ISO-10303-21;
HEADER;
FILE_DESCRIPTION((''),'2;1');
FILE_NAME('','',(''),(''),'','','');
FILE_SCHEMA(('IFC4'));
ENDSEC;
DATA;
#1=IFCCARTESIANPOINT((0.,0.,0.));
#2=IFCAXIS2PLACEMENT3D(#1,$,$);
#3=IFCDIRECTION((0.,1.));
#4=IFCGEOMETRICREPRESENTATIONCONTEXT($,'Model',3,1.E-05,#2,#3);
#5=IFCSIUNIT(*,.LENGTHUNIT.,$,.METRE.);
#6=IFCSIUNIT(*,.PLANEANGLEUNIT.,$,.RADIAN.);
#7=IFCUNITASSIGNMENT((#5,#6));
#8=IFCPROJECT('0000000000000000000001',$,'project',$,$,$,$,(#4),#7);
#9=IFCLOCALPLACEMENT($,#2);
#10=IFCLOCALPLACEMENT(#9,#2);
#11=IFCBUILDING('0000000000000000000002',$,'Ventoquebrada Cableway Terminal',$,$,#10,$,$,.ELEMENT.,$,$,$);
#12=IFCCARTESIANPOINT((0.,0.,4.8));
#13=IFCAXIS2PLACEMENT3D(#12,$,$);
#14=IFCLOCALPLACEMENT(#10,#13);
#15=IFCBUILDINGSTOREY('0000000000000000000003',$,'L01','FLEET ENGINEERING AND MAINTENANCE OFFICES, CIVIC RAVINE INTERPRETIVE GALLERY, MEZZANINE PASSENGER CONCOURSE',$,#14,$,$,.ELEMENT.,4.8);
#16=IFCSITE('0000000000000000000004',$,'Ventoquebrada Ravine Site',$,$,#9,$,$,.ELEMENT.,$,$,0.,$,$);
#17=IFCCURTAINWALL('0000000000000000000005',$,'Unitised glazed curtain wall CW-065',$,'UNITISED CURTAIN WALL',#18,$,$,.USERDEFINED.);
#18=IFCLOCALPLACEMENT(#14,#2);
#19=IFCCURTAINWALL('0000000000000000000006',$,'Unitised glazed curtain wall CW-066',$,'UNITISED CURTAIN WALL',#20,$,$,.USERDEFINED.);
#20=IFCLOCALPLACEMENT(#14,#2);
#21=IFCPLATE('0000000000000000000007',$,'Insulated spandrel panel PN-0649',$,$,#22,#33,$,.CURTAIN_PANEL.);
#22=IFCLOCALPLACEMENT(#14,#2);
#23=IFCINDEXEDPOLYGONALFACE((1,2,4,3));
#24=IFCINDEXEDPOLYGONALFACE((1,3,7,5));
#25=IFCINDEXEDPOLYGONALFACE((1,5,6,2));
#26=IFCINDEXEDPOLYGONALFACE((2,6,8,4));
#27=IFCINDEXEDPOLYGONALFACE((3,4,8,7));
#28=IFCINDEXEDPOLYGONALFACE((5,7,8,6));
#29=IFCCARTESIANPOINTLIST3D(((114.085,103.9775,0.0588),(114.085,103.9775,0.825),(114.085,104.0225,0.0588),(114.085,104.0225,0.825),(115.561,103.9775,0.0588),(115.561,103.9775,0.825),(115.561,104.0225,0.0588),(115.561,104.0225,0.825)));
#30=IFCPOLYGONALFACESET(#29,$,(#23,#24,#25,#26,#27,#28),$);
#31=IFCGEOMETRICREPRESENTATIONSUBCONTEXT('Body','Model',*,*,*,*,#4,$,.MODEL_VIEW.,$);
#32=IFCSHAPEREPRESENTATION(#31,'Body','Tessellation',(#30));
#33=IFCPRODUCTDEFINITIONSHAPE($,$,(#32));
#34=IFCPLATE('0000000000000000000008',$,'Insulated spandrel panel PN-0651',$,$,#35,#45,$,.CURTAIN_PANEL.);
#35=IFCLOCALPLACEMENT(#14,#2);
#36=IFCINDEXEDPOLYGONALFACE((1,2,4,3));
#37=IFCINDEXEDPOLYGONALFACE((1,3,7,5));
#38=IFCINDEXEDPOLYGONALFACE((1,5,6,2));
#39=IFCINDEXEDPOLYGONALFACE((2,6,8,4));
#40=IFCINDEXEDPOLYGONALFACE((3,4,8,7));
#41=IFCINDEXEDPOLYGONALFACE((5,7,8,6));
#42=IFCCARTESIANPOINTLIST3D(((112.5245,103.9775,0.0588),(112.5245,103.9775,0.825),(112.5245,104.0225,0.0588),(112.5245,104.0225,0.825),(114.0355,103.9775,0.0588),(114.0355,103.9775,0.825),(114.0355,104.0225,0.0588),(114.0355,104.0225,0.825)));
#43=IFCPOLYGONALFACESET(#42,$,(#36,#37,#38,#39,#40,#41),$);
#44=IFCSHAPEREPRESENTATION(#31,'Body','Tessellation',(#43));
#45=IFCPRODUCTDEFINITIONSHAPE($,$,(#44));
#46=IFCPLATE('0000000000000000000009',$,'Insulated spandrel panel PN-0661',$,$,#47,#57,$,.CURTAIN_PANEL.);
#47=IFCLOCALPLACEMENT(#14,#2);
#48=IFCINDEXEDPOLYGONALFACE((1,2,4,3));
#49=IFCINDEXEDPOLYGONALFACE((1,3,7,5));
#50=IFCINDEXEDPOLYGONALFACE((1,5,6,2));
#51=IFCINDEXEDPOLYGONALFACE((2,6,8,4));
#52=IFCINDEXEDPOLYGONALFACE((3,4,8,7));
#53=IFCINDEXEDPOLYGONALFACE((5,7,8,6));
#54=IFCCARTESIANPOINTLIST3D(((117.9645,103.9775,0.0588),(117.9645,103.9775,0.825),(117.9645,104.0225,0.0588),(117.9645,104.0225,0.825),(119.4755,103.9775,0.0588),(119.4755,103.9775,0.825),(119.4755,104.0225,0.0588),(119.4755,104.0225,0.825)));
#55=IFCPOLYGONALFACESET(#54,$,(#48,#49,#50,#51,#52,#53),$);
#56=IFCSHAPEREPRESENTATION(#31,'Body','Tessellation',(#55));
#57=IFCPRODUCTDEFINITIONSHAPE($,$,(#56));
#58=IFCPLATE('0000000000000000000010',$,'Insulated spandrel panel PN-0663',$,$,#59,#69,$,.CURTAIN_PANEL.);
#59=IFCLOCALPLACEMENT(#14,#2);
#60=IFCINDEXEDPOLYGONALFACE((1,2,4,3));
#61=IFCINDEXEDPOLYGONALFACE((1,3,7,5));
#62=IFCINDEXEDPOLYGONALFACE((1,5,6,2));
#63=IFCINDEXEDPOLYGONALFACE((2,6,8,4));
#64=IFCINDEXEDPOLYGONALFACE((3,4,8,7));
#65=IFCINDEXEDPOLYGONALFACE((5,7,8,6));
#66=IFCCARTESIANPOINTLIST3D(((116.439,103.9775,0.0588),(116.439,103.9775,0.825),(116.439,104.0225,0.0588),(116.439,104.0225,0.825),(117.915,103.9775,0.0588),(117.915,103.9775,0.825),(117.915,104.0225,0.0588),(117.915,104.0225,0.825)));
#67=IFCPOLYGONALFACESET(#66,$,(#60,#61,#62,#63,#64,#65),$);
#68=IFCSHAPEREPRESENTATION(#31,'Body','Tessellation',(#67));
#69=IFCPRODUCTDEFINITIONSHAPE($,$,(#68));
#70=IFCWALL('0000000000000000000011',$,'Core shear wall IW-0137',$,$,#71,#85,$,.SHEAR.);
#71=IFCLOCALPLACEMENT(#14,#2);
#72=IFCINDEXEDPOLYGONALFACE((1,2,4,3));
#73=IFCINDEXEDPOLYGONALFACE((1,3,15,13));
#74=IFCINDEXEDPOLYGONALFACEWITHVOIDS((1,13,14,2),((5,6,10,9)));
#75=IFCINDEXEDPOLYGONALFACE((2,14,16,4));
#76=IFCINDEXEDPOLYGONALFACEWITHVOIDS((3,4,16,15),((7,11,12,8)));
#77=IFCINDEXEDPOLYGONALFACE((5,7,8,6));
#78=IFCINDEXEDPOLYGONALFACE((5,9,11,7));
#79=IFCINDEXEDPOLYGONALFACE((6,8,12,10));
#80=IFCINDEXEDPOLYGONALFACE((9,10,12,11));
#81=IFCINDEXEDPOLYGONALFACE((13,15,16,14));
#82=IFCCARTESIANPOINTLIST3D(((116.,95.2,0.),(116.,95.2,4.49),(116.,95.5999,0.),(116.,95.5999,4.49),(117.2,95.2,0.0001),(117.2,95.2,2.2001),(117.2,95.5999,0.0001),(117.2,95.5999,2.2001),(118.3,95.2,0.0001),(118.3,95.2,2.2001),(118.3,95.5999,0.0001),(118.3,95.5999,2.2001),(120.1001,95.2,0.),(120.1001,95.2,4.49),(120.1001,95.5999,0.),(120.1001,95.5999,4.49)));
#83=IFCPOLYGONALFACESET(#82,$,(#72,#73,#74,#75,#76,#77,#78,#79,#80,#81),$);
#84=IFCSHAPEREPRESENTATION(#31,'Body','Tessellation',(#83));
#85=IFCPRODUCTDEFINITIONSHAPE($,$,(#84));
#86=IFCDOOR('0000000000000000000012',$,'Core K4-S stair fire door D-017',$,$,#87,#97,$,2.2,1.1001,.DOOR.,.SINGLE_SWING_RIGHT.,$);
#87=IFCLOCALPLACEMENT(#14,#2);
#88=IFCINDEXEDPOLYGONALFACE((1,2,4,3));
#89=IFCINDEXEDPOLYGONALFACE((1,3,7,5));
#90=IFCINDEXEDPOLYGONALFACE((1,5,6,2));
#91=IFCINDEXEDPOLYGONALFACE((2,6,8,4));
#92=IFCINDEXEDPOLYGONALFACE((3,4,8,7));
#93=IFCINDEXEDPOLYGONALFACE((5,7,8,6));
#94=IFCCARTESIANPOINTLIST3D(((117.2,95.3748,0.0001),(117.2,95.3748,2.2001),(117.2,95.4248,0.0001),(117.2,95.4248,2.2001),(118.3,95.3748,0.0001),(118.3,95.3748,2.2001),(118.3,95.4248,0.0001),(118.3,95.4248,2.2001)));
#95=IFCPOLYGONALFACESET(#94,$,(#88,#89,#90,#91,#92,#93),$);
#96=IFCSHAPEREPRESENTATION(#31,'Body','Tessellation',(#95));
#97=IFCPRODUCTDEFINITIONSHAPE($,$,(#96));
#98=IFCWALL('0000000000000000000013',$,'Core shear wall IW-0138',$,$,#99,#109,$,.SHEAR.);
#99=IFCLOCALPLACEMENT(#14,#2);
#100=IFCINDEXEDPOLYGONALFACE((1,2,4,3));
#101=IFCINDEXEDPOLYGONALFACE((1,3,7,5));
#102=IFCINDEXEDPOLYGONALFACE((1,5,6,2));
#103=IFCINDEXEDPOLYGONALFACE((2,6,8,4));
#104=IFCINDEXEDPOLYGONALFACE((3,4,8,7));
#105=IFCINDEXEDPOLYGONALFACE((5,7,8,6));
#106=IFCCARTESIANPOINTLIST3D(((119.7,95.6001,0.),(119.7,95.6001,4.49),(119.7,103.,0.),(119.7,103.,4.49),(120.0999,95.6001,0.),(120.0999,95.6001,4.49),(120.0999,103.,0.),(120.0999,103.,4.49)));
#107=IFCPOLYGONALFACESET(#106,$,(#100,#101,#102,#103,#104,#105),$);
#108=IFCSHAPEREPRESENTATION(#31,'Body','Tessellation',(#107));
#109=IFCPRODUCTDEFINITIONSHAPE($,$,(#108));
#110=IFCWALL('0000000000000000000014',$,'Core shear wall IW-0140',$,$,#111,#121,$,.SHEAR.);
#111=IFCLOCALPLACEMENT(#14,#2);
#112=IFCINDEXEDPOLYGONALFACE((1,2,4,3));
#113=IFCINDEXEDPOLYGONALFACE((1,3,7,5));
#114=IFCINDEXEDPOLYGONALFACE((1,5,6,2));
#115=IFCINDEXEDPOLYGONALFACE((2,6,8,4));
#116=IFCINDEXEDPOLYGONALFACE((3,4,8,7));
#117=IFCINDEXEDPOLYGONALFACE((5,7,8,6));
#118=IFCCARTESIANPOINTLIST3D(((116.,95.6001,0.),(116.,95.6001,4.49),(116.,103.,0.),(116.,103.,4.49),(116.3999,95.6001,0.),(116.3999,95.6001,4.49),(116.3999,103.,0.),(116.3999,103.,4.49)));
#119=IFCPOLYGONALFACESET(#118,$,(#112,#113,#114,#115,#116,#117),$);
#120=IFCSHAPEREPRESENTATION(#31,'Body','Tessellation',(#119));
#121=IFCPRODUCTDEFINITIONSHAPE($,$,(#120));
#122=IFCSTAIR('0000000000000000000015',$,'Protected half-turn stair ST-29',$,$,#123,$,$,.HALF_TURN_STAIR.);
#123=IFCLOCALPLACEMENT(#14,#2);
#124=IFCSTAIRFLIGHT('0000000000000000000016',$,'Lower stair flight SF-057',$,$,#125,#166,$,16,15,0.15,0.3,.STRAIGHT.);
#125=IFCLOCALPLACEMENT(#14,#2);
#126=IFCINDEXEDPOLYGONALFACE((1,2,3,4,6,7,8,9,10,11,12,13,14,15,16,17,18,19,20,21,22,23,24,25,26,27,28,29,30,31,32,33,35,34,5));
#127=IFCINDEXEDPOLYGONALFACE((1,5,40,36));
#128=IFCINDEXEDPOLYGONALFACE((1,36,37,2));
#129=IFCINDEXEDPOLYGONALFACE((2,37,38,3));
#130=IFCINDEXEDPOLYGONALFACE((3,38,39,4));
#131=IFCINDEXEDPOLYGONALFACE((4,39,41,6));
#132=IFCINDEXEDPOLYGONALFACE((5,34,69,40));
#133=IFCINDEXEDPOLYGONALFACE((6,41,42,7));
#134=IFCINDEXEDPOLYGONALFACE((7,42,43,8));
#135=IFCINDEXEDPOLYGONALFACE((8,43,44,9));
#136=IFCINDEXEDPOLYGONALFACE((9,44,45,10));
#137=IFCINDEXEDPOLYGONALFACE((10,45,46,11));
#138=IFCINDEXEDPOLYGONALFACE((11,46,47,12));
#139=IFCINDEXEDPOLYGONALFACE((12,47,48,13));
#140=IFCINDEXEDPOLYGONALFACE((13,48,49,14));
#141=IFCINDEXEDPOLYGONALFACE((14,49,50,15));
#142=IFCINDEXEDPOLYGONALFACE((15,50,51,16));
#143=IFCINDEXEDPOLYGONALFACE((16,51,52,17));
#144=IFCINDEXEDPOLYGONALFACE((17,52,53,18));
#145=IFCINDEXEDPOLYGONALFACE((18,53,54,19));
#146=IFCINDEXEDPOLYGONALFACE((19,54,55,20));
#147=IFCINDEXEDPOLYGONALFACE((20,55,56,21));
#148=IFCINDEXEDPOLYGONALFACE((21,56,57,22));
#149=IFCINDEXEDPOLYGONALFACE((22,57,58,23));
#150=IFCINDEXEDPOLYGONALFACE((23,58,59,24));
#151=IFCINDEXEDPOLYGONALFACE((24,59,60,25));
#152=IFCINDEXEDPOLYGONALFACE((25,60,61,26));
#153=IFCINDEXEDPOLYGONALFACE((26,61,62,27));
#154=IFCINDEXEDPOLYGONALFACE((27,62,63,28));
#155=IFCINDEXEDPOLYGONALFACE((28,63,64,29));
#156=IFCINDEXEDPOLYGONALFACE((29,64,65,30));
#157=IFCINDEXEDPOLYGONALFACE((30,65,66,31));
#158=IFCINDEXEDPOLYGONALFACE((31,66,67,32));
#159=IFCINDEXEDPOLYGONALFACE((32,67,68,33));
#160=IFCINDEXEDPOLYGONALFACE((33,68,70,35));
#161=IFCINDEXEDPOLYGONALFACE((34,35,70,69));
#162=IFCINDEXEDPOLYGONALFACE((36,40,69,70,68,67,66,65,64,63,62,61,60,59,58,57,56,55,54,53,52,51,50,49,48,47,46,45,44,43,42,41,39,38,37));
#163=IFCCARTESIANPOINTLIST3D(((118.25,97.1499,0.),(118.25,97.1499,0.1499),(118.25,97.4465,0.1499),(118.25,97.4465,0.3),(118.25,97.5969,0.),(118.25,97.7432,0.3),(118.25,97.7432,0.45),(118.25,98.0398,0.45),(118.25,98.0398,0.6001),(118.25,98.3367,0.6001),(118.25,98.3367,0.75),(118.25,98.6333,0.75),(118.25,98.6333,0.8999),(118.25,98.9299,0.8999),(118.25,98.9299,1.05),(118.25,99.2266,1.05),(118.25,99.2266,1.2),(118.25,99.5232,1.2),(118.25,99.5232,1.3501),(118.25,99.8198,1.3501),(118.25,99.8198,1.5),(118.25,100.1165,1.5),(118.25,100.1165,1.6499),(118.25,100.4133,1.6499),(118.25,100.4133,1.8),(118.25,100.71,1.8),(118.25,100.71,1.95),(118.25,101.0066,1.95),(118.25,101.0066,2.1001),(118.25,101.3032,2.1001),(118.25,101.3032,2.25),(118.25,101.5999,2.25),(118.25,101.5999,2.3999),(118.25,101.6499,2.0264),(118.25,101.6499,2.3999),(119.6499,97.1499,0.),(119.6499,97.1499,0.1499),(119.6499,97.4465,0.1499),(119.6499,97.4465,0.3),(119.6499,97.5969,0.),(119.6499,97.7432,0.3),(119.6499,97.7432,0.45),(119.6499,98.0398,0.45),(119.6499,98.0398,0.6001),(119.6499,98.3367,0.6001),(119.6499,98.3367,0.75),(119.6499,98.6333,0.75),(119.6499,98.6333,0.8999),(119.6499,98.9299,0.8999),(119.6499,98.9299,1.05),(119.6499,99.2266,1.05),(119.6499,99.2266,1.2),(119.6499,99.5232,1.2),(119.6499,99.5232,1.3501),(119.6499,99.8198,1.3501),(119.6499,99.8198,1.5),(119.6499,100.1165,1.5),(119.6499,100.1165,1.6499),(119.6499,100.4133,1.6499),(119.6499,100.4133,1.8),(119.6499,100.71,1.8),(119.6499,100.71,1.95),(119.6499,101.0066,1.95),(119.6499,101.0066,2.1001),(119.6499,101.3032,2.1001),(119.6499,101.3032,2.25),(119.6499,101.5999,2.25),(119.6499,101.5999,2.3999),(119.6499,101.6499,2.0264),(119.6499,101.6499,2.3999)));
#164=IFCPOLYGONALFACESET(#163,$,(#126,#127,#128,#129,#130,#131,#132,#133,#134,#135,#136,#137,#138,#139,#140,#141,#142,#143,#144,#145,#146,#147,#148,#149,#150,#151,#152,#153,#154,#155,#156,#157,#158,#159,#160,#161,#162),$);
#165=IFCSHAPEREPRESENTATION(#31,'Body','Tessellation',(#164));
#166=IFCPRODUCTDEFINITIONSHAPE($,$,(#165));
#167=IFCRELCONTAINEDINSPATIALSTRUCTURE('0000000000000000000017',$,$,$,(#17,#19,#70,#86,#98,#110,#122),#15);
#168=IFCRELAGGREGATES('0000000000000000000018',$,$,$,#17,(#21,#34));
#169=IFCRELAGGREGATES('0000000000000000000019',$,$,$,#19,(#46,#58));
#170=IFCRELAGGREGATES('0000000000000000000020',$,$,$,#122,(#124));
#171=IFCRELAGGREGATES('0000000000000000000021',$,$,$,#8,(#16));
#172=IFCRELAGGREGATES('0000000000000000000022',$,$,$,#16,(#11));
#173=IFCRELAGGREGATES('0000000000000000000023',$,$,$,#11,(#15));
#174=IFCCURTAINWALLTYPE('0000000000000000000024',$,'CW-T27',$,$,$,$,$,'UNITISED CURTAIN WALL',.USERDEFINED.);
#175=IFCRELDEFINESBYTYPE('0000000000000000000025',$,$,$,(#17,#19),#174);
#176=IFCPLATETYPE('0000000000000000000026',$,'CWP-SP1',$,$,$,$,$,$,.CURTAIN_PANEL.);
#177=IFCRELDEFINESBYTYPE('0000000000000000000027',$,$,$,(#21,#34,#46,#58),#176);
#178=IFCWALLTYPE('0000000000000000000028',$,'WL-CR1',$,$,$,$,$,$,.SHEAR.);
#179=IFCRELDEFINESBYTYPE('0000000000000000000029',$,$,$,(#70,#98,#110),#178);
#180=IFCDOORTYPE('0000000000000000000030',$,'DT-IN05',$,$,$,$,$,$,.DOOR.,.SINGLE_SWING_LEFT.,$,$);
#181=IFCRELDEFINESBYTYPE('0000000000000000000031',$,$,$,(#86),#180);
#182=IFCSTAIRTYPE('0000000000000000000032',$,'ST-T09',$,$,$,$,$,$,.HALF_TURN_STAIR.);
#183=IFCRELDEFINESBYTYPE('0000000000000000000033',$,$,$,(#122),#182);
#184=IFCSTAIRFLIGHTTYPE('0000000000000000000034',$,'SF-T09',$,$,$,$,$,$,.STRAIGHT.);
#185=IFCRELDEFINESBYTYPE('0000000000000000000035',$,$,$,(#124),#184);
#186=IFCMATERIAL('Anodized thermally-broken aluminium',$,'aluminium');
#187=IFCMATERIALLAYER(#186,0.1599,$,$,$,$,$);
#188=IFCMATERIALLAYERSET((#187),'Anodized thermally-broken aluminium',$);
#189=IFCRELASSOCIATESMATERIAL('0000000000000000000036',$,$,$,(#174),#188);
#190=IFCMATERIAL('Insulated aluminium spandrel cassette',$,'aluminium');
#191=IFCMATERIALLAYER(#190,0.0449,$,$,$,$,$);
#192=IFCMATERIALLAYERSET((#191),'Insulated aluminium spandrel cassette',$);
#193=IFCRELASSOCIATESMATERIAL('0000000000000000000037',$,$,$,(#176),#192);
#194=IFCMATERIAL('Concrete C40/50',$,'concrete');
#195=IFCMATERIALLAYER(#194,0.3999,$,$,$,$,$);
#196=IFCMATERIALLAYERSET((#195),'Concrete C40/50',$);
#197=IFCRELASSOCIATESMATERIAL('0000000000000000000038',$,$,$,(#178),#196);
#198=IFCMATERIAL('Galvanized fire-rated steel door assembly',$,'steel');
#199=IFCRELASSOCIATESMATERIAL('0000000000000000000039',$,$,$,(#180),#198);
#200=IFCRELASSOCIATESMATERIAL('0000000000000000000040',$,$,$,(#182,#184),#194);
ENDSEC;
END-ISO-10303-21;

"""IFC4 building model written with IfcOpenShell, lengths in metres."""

from ifc_helpers import new_model, si_unit, direction, frame, frame_2d, origin, origin_2d, place, context, subcontext, project, spatial, polyline, rectangle, outline, extrude, material, layer, layer_set, type_object, element, fill, aggregate, save


model = new_model("IFC4")

# Units and contexts
model_context = context("Model", 3, precision=1e-05, world=origin(), true_north=direction((0.0, 1.0)))
body_context = subcontext(model_context, "Body", "Model", "MODEL_VIEW")
ifc_project = project(units=[si_unit("LENGTHUNIT", "METRE"), si_unit("PLANEANGLEUNIT", "RADIAN")], contexts=[model_context])

# Site, building, storey
site_placement = place(None, origin())
site = spatial("IfcSite", under=ifc_project, at=site_placement, Name="Ventoquebrada Ravine Site", CompositionType="ELEMENT", RefElevation=0.0)
building_placement = place(site_placement, origin())
building = spatial("IfcBuilding", under=site, at=building_placement, Name="Ventoquebrada Cableway Terminal", CompositionType="ELEMENT")
storey_placement = place(building_placement, frame((0.0, 0.0, 4.8)))
storey = spatial("IfcBuildingStorey", under=building, at=storey_placement, Name="L01", Description="FLEET ENGINEERING AND MAINTENANCE OFFICES, CIVIC RAVINE INTERPRETIVE GALLERY, MEZZANINE PASSENGER CONCOURSE", CompositionType="ELEMENT", Elevation=4.8)

# Shared definitions
ifc_material_1 = material(Name="Concrete C40/50", Category="concrete")

# Curtain walls
ifc_material_2 = material(Name="Anodized thermally-broken aluminium", Category="aluminium")
ifc_layer_1 = layer(ifc_material_2, 0.1599)
ifc_layer_set_1 = layer_set([ifc_layer_1], Name="Anodized thermally-broken aluminium")
curtain_wall_type = type_object("IfcCurtainWallType", Name="CW-T27", ElementType="UNITISED CURTAIN WALL", PredefinedType="USERDEFINED", material=ifc_layer_set_1)
curtain_wall_1_placement = place(storey_placement, origin())
curtain_wall_1 = element("IfcCurtainWall", 1, at=curtain_wall_1_placement, inside=storey, type_object=curtain_wall_type, Name="Unitised glazed curtain wall CW-065", ObjectType="UNITISED CURTAIN WALL", PredefinedType="USERDEFINED")
curtain_wall_2_placement = place(storey_placement, origin())
curtain_wall_2 = element("IfcCurtainWall", 2, at=curtain_wall_2_placement, inside=storey, type_object=curtain_wall_type, Name="Unitised glazed curtain wall CW-066", ObjectType="UNITISED CURTAIN WALL", PredefinedType="USERDEFINED")

# Plates
ifc_material_3 = material(Name="Insulated aluminium spandrel cassette", Category="aluminium")
ifc_layer_2 = layer(ifc_material_3, 0.0449)
ifc_layer_set_2 = layer_set([ifc_layer_2], Name="Insulated aluminium spandrel cassette")
plate_type_1 = type_object("IfcPlateType", Name="CWP-SP1", PredefinedType="CURTAIN_PANEL", material=ifc_layer_set_2)
plate_1_placement = place(storey_placement, frame((114.823, 104.0, 0.0588), z_axis=(0.0, 0.0, 1.0), x_axis=(-1.0, 0.0, 0.0)))
plate_1 = element("IfcPlate", 3, at=plate_1_placement, type_object=plate_type_1, Name="Insulated spandrel panel PN-0649", PredefinedType="CURTAIN_PANEL", context=body_context, shape_type="SweptSolid", body=[
    extrude(rectangle(XDim=1.4761, YDim=0.0449, at=origin_2d()), origin(), (0.0, 0.0, 1.0), 0.7661),
])
plate_2_placement = place(storey_placement, frame((113.28, 104.0, 0.0588), z_axis=(0.0, 0.0, 1.0), x_axis=(-1.0, 0.0, 0.0)))
plate_2 = element("IfcPlate", 4, at=plate_2_placement, type_object=plate_type_1, Name="Insulated spandrel panel PN-0651", PredefinedType="CURTAIN_PANEL", context=body_context, shape_type="SweptSolid", body=[
    extrude(rectangle(XDim=1.511, YDim=0.0449, at=origin_2d()), origin(), (0.0, 0.0, 1.0), 0.7661),
])
aggregate(curtain_wall_1, [plate_1, plate_2])
plate_3_placement = place(storey_placement, frame((118.72, 104.0, 0.0588), z_axis=(0.0, 0.0, 1.0), x_axis=(-1.0, 0.0, 0.0)))
plate_3 = element("IfcPlate", 5, at=plate_3_placement, type_object=plate_type_1, Name="Insulated spandrel panel PN-0661", PredefinedType="CURTAIN_PANEL", context=body_context, shape_type="SweptSolid", body=[
    extrude(rectangle(XDim=1.511, YDim=0.0449, at=origin_2d()), origin(), (0.0, 0.0, 1.0), 0.7661),
])
plate_4_placement = place(storey_placement, frame((117.177, 104.0, 0.0588), z_axis=(0.0, 0.0, 1.0), x_axis=(-1.0, 0.0, 0.0)))
plate_4 = element("IfcPlate", 6, at=plate_4_placement, type_object=plate_type_1, Name="Insulated spandrel panel PN-0663", PredefinedType="CURTAIN_PANEL", context=body_context, shape_type="SweptSolid", body=[
    extrude(rectangle(XDim=1.4761, YDim=0.0449, at=origin_2d()), origin(), (0.0, 0.0, 1.0), 0.7661),
])
aggregate(curtain_wall_2, [plate_3, plate_4])

# Wall, opening, door
ifc_layer_3 = layer(ifc_material_1, 0.3999)
ifc_layer_set_3 = layer_set([ifc_layer_3], Name="Concrete C40/50")
wall_type = type_object("IfcWallType", Name="WL-CR1", PredefinedType="SHEAR", material=ifc_layer_set_3)
wall_placement = place(storey_placement, frame((116.0, 95.3999, 0.0), z_axis=(0.0, 0.0, 1.0), x_axis=(1.0, 0.0, 0.0)))
wall = element("IfcWall", 7, at=wall_placement, inside=storey, type_object=wall_type, Name="Core shear wall IW-0137", PredefinedType="SHEAR", context=body_context, shape_type="SweptSolid", body=[
    extrude(rectangle(XDim=4.1001, YDim=0.3999, at=frame_2d((2.05, 0.0))), origin(), (0.0, 0.0, 1.0), 4.49),
])
opening_placement = place(wall_placement, frame((1.2, 0.0, 0.0)))
opening = element("IfcOpeningElement", 8, at=opening_placement, cuts=wall, PredefinedType="OPENING", context=body_context, shape_type="SweptSolid", body=[
    extrude(rectangle(XDim=1.1001, YDim=2.2, at=frame_2d((0.55, 1.1001))), frame((0.0, 0.21, 0.0), z_axis=(0.0, -1.0, 0.0), x_axis=(1.0, 0.0, 0.0)), (0.0, 0.0, 1.0), 0.4199),
])
ifc_material_4 = material(Name="Galvanized fire-rated steel door assembly", Category="steel")
door_type = type_object("IfcDoorType", Name="DT-IN05", OperationType="SINGLE_SWING_LEFT", PredefinedType="DOOR", material=ifc_material_4)
door_placement = place(opening_placement, origin())
door = element("IfcDoor", 9, at=door_placement, inside=storey, type_object=door_type, Name="Core K4-S stair fire door D-017", OperationType="SINGLE_SWING_RIGHT", OverallHeight=2.2, OverallWidth=1.1001, PredefinedType="DOOR", context=body_context, shape_type="SweptSolid", body=[
    extrude(rectangle(XDim=1.1001, YDim=2.2, at=frame_2d((0.55, 1.1001))), frame((0.0, 0.0249, 0.0), z_axis=(0.0, -1.0, 0.0), x_axis=(1.0, 0.0, 0.0)), (0.0, 0.0, 1.0), 0.05),
])
fill(opening, door)

# Walls
for number, where, z_axis, x_axis, name in (
    (10, (119.8999, 95.6001, 0.0), (0.0, 0.0, 1.0), (0.0, 1.0, 0.0), "Core shear wall IW-0138"),
    (11, (116.2, 103.0, 0.0), (0.0, 0.0, 1.0), (0.0, -1.0, 0.0), "Core shear wall IW-0140"),
):
    element("IfcWall", number, at=place(storey_placement, frame(where, z_axis=z_axis, x_axis=x_axis)), inside=storey, type_object=wall_type, Name=name, PredefinedType="SHEAR", context=body_context, shape_type="SweptSolid", body=[
        extrude(rectangle(XDim=7.3999, YDim=0.3999, at=frame_2d((3.7, 0.0))), origin(), (0.0, 0.0, 1.0), 4.49),
    ])

# Stair, stair flight
stair_type = type_object("IfcStairType", Name="ST-T09", PredefinedType="HALF_TURN_STAIR", material=ifc_material_1)
stair_placement = place(storey_placement, origin())
stair = element("IfcStair", 12, at=stair_placement, inside=storey, type_object=stair_type, Name="Protected half-turn stair ST-29", PredefinedType="HALF_TURN_STAIR")
stair_flight_type = type_object("IfcStairFlightType", Name="SF-T09", PredefinedType="STRAIGHT", material=ifc_material_1)
stair_flight_1_placement = place(storey_placement, frame((118.95, 97.1499, 0.0), z_axis=(0.0, 0.0, 1.0), x_axis=(0.0, 1.0, 0.0)))
stair_flight_1 = element("IfcStairFlight", 13, at=stair_flight_1_placement, type_object=stair_flight_type, Name="Lower stair flight SF-057", NumberOfRisers=16, NumberOfTreads=15, PredefinedType="STRAIGHT", RiserHeight=0.15, TreadLength=0.3, context=body_context, shape_type="SweptSolid", body=[
    extrude(outline(polyline([(0.0, 0.0), (0.0, 0.1499), (0.2966, 0.1499), (0.2966, 0.3), (0.5933, 0.3), (0.5933, 0.45), (0.8899, 0.45), (0.8899, 0.6001), (1.1868, 0.6001), (1.1868, 0.75), (1.4834, 0.75), (1.4834, 0.8999), (1.78, 0.8999), (1.78, 1.05), (2.0767, 1.05), (2.0767, 1.2), (2.3733, 1.2), (2.3733, 1.3501), (2.6699, 1.3501), (2.6699, 1.5), (2.9666, 1.5), (2.9666, 1.6499), (3.2634, 1.6499), (3.2634, 1.8), (3.5601, 1.8), (3.5601, 1.95), (3.8567, 1.95), (3.8567, 2.1001), (4.1533, 2.1001), (4.1533, 2.25), (4.45, 2.25), (4.45, 2.3999), (4.5, 2.3999), (4.5, 2.0264), (0.447, 0.0), (0.0, 0.0)])), frame((0.0, 0.7, 0.0), z_axis=(0.0, -1.0, 0.0), x_axis=(1.0, 0.0, 0.0)), (0.0, 0.0, 1.0), 1.3999),
])
aggregate(stair, [stair_flight_1])

save(model, "model.ifc")
